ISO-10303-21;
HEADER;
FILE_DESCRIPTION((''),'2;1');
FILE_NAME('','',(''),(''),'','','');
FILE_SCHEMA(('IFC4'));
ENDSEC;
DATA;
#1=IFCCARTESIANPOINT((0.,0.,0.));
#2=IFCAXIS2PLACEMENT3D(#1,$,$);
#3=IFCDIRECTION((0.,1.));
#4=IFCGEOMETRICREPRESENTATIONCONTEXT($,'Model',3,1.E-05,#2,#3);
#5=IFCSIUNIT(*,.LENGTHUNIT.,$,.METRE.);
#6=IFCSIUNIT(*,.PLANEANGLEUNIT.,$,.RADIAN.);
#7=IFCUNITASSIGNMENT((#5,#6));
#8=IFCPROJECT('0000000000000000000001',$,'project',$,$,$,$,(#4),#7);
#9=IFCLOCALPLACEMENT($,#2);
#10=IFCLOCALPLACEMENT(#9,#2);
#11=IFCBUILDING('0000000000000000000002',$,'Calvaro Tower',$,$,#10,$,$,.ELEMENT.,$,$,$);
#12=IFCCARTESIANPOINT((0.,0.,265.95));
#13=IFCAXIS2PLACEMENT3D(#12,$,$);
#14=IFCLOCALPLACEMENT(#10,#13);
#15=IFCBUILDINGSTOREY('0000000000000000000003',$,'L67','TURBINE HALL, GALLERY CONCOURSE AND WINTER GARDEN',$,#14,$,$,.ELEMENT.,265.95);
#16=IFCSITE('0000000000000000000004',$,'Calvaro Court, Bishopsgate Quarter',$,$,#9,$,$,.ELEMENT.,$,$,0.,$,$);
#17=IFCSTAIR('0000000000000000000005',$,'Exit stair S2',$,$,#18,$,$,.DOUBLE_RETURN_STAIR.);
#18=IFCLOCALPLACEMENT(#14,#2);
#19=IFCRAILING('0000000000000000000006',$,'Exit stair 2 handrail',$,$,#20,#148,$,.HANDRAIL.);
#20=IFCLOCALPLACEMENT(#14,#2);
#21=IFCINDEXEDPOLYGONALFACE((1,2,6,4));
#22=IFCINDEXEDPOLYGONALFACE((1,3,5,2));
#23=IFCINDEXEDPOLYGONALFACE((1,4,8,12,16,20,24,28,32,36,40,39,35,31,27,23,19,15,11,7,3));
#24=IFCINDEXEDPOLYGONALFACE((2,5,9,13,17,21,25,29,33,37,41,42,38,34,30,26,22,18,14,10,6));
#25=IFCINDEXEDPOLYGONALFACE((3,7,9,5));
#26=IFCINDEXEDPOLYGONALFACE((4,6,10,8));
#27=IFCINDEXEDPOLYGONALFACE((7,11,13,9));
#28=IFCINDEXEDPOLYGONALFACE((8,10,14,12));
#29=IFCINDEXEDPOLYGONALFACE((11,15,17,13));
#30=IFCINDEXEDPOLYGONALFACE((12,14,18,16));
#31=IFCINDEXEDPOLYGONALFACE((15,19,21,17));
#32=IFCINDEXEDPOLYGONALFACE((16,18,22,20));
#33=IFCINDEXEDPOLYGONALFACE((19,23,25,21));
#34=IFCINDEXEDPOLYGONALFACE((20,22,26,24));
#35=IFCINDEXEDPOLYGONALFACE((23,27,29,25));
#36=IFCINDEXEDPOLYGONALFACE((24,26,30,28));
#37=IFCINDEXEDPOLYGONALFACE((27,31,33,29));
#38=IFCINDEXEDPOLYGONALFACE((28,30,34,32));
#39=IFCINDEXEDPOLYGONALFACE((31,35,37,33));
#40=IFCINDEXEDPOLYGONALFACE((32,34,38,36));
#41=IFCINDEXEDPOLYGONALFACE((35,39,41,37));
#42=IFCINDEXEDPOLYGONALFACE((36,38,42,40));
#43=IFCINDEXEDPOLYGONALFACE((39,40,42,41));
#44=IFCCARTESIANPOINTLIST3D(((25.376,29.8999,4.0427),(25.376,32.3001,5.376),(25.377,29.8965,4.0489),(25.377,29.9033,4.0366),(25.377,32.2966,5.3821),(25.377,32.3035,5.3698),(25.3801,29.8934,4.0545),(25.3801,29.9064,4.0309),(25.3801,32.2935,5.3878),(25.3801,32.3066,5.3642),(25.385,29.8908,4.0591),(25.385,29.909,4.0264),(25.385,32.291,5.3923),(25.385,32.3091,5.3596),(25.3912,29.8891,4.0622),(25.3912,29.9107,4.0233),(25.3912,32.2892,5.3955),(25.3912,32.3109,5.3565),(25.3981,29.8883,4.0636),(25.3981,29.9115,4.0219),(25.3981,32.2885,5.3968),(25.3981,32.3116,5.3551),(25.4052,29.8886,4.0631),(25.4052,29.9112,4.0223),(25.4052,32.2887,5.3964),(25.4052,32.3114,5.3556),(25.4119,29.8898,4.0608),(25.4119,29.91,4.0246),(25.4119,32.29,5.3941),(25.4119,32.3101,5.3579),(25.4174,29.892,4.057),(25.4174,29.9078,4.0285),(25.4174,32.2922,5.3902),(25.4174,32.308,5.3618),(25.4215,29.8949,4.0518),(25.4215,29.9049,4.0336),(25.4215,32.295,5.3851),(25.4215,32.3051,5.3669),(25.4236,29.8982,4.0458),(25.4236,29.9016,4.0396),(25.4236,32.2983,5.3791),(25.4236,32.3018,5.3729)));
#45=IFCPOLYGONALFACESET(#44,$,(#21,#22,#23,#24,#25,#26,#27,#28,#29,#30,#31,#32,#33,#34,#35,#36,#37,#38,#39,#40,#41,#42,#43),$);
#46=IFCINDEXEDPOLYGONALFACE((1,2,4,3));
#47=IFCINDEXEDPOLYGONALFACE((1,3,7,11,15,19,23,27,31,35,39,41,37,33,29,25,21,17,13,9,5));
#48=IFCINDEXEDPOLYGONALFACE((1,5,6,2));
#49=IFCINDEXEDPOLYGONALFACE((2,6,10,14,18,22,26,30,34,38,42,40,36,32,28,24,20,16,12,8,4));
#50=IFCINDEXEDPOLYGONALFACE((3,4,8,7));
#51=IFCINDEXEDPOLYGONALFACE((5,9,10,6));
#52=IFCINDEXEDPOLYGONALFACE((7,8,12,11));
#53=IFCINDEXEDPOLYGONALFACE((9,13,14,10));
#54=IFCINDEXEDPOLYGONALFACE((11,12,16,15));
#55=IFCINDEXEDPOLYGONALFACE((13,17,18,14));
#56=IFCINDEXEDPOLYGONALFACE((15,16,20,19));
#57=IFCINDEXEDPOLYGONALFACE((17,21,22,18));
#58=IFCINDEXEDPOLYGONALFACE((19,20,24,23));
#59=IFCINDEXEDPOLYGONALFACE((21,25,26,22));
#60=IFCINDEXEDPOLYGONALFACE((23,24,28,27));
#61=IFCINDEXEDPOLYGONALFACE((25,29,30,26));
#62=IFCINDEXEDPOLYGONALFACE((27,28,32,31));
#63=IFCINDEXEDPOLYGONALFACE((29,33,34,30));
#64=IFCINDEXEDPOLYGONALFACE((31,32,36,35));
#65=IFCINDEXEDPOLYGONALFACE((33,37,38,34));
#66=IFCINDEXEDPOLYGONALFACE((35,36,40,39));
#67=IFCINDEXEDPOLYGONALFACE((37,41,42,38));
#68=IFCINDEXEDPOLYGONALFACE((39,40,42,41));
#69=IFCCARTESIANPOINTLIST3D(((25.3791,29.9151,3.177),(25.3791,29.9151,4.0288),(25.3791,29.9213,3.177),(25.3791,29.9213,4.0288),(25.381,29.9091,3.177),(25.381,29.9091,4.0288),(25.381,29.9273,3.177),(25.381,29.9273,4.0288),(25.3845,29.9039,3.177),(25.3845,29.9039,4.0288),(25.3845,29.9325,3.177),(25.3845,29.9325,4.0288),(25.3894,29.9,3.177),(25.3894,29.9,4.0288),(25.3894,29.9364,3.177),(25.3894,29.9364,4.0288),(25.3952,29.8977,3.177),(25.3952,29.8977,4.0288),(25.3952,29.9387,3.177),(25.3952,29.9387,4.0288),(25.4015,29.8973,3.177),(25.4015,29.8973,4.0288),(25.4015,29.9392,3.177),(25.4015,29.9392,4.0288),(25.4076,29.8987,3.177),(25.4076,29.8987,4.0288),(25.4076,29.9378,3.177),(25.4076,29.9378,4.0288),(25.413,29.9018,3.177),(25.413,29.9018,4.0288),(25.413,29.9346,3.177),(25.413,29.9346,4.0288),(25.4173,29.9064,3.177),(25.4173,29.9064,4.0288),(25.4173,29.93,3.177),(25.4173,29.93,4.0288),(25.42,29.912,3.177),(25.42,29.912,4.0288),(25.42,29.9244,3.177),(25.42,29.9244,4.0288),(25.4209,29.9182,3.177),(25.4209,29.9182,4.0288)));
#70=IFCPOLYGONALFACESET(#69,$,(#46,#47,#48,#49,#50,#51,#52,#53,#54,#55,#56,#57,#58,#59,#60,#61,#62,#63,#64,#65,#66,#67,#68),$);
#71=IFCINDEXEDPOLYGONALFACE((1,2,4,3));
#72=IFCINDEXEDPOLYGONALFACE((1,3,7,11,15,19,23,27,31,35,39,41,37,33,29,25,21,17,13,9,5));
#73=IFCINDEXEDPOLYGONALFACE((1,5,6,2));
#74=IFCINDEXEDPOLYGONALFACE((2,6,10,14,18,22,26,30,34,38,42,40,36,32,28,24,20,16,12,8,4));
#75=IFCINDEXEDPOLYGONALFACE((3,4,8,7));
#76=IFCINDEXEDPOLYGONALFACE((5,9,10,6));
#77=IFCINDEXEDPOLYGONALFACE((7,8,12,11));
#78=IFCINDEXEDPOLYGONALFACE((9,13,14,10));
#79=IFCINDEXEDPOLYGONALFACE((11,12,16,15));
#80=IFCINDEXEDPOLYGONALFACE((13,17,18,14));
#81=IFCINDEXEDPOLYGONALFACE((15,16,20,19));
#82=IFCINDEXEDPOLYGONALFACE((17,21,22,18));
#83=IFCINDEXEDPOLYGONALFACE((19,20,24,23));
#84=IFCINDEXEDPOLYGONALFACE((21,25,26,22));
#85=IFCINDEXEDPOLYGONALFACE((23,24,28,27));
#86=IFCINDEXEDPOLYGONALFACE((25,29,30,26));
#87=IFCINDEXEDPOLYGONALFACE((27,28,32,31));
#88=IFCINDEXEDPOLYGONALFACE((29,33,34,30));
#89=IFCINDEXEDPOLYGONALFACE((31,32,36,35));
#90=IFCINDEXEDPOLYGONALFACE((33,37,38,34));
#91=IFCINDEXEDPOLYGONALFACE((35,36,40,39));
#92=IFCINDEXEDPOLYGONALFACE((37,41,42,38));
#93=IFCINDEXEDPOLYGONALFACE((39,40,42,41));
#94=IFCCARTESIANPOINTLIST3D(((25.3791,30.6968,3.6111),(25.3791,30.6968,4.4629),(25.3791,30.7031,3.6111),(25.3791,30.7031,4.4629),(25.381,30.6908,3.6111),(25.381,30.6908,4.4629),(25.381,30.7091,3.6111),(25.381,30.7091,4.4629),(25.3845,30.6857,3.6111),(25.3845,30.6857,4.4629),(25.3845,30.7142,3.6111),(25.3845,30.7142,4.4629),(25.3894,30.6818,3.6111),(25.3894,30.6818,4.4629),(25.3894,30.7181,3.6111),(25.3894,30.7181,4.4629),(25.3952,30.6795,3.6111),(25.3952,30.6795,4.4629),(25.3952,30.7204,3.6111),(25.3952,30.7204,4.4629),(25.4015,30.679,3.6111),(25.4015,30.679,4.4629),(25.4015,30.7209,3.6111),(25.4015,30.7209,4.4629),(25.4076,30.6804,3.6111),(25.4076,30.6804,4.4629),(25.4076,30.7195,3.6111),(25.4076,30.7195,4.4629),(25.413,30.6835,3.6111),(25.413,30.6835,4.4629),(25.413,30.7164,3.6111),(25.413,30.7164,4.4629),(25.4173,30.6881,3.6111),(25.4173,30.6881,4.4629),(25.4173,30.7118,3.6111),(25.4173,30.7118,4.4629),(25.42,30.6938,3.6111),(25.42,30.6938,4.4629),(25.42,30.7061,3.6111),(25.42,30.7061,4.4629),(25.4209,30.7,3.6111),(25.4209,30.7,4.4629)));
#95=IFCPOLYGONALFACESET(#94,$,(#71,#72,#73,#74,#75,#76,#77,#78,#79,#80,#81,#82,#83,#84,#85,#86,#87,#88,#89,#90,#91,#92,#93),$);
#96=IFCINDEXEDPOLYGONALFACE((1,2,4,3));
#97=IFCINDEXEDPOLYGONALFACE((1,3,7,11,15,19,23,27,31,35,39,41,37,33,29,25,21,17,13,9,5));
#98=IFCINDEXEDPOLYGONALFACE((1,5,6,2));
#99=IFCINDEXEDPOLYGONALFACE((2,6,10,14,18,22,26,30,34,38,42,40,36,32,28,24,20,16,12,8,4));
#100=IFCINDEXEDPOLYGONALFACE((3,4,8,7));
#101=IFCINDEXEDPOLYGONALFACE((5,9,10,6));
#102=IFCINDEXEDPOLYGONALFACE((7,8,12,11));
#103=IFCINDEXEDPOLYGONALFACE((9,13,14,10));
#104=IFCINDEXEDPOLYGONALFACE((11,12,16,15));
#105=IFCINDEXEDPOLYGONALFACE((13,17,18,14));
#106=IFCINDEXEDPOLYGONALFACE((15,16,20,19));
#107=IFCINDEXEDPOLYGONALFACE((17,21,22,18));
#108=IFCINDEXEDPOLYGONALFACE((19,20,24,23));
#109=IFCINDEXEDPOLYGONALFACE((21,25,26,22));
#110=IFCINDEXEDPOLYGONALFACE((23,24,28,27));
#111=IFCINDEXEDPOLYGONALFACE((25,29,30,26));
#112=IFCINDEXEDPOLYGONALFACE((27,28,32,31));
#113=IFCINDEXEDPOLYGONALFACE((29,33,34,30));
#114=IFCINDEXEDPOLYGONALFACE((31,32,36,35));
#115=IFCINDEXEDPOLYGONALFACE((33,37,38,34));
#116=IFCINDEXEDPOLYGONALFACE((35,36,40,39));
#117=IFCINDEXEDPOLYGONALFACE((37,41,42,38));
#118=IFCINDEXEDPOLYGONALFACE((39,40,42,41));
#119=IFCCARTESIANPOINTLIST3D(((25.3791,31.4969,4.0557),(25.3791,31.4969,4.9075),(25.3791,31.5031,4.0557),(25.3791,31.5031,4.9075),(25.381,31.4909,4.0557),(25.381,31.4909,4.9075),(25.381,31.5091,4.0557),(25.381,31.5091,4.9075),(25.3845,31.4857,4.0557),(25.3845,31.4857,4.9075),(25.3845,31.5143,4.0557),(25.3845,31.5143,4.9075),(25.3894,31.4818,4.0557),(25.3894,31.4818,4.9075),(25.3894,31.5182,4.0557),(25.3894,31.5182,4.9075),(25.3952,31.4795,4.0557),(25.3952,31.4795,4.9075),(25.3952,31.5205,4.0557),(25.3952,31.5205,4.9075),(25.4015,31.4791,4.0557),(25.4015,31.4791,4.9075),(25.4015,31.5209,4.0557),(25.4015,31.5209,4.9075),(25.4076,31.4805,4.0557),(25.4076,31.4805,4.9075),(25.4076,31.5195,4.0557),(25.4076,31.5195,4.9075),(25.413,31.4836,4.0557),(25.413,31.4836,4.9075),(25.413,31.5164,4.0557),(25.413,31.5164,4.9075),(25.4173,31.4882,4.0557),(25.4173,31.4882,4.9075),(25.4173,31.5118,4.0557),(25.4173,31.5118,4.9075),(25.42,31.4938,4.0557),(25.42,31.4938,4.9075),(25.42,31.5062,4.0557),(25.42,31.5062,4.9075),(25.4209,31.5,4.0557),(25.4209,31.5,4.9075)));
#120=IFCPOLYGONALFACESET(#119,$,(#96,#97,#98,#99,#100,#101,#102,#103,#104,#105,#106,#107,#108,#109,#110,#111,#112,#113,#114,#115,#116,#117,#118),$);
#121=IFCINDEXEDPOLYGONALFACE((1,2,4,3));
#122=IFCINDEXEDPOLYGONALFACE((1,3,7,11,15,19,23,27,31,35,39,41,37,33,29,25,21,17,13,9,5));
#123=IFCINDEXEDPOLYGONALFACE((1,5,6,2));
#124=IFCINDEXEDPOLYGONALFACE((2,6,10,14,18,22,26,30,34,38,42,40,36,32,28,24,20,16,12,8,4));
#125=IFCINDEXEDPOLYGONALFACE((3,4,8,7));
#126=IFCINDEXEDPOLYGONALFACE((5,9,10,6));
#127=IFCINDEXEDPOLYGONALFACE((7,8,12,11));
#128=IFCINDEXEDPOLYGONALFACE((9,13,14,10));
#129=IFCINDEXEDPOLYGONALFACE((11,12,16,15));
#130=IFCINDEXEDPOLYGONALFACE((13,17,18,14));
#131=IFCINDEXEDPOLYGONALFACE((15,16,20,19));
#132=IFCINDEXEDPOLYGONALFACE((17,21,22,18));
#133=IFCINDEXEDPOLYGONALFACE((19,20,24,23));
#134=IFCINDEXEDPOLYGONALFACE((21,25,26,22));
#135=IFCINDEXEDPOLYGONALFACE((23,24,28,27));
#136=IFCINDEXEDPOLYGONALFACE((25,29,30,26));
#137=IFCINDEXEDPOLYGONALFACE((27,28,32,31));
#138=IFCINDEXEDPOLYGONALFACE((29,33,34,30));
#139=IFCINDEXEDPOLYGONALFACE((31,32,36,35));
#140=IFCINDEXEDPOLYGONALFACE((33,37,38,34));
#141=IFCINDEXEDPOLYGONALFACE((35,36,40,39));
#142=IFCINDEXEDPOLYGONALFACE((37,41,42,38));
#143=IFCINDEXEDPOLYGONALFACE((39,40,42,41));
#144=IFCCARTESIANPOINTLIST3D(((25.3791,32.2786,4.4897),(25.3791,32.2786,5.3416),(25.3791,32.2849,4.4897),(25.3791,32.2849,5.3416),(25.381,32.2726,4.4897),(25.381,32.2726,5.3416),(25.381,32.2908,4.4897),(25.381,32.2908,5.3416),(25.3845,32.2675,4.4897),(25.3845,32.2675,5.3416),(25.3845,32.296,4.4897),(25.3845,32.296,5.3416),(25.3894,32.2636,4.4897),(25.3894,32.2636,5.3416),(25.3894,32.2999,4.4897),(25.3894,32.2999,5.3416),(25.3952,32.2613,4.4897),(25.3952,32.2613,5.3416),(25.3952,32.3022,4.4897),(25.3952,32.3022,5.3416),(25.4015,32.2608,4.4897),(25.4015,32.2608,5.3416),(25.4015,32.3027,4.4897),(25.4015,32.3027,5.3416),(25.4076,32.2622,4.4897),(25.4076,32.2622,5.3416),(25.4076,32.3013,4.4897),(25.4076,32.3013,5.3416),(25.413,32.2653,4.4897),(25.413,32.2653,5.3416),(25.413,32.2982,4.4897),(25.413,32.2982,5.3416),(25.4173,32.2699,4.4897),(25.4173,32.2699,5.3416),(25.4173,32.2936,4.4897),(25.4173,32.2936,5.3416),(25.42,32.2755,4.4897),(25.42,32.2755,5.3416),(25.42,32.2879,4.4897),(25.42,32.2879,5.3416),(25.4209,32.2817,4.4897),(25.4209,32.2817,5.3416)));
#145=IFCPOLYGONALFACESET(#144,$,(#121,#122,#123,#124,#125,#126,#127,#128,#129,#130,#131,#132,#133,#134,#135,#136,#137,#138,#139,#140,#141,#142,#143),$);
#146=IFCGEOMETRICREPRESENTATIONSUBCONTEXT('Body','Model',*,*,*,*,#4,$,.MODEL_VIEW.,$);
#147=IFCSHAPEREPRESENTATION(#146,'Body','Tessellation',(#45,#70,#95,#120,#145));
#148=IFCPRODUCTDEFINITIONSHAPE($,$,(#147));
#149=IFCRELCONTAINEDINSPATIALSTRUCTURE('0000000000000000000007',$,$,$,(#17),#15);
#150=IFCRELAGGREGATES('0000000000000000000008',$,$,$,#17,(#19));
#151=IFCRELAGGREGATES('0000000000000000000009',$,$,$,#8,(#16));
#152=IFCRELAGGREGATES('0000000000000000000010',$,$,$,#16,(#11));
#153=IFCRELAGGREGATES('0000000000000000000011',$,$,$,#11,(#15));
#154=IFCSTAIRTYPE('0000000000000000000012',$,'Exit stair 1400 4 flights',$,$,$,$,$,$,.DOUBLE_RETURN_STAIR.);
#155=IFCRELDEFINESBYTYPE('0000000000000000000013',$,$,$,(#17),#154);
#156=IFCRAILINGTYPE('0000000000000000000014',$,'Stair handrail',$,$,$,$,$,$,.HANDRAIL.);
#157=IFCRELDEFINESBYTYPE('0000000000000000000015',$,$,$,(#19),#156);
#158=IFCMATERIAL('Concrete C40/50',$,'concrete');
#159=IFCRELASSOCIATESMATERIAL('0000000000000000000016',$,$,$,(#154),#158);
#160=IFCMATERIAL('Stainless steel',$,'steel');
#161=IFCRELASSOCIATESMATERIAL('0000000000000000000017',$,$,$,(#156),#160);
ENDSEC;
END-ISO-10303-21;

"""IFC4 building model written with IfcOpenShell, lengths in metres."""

from ifc_helpers import new_model, si_unit, direction, frame, origin, origin_2d, place, context, subcontext, project, spatial, circle, extrude, material, type_object, element, aggregate, save


model = new_model("IFC4")

# Units and contexts
model_context = context("Model", 3, precision=1e-05, world=origin(), true_north=direction((0.0, 1.0)))
body_context = subcontext(model_context, "Body", "Model", "MODEL_VIEW")
ifc_project = project(units=[si_unit("LENGTHUNIT", "METRE"), si_unit("PLANEANGLEUNIT", "RADIAN")], contexts=[model_context])

# Site, building, storey
site_placement = place(None, origin())
site = spatial("IfcSite", under=ifc_project, at=site_placement, Name="Calvaro Court, Bishopsgate Quarter", CompositionType="ELEMENT", RefElevation=0.0)
building_placement = place(site_placement, origin())
building = spatial("IfcBuilding", under=site, at=building_placement, Name="Calvaro Tower", CompositionType="ELEMENT")
storey_placement = place(building_placement, frame((0.0, 0.0, 265.95)))
storey = spatial("IfcBuildingStorey", under=building, at=storey_placement, Name="L67", Description="TURBINE HALL, GALLERY CONCOURSE AND WINTER GARDEN", CompositionType="ELEMENT", Elevation=265.95)

# Stair, railing
ifc_material_1 = material(Name="Concrete C40/50", Category="concrete")
stair_type = type_object("IfcStairType", Name="Exit stair 1400 4 flights", PredefinedType="DOUBLE_RETURN_STAIR", material=ifc_material_1)
stair_placement = place(storey_placement, origin())
stair = element("IfcStair", 1, at=stair_placement, inside=storey, type_object=stair_type, Name="Exit stair S2", PredefinedType="DOUBLE_RETURN_STAIR")
ifc_material_2 = material(Name="Stainless steel", Category="steel")
railing_type = type_object("IfcRailingType", Name="Stair handrail", PredefinedType="HANDRAIL", material=ifc_material_2)
railing_1_placement = place(storey_placement, frame((25.3999, 29.8999, 3.1667)))
railing_1 = element("IfcRailing", 2, at=railing_1_placement, type_object=railing_type, Name="Exit stair 2 handrail", PredefinedType="HANDRAIL", context=body_context, shape_type="SweptSolid", body=[
    extrude(circle(Radius=0.0239, at=origin_2d()), frame((0.0, 0.0, 0.876), z_axis=(0.0, 0.874182, 0.485598), x_axis=(-1.0, 0.0, 0.0)), (0.0, 0.0, 1.0), 2.7456),
    extrude(circle(Radius=0.021, at=origin_2d()), frame((0.0, 0.0183, 0.0103)), (0.0, 0.0, 1.0), 0.8518),
    extrude(circle(Radius=0.021, at=origin_2d()), frame((0.0, 0.8, 0.4443)), (0.0, 0.0, 1.0), 0.8518),
    extrude(circle(Radius=0.021, at=origin_2d()), frame((0.0, 1.6001, 0.8889)), (0.0, 0.0, 1.0), 0.8518),
    extrude(circle(Radius=0.021, at=origin_2d()), frame((0.0, 2.3818, 1.323)), (0.0, 0.0, 1.0), 0.8518),
])
aggregate(stair, [railing_1])

save(model, "model.ifc")
